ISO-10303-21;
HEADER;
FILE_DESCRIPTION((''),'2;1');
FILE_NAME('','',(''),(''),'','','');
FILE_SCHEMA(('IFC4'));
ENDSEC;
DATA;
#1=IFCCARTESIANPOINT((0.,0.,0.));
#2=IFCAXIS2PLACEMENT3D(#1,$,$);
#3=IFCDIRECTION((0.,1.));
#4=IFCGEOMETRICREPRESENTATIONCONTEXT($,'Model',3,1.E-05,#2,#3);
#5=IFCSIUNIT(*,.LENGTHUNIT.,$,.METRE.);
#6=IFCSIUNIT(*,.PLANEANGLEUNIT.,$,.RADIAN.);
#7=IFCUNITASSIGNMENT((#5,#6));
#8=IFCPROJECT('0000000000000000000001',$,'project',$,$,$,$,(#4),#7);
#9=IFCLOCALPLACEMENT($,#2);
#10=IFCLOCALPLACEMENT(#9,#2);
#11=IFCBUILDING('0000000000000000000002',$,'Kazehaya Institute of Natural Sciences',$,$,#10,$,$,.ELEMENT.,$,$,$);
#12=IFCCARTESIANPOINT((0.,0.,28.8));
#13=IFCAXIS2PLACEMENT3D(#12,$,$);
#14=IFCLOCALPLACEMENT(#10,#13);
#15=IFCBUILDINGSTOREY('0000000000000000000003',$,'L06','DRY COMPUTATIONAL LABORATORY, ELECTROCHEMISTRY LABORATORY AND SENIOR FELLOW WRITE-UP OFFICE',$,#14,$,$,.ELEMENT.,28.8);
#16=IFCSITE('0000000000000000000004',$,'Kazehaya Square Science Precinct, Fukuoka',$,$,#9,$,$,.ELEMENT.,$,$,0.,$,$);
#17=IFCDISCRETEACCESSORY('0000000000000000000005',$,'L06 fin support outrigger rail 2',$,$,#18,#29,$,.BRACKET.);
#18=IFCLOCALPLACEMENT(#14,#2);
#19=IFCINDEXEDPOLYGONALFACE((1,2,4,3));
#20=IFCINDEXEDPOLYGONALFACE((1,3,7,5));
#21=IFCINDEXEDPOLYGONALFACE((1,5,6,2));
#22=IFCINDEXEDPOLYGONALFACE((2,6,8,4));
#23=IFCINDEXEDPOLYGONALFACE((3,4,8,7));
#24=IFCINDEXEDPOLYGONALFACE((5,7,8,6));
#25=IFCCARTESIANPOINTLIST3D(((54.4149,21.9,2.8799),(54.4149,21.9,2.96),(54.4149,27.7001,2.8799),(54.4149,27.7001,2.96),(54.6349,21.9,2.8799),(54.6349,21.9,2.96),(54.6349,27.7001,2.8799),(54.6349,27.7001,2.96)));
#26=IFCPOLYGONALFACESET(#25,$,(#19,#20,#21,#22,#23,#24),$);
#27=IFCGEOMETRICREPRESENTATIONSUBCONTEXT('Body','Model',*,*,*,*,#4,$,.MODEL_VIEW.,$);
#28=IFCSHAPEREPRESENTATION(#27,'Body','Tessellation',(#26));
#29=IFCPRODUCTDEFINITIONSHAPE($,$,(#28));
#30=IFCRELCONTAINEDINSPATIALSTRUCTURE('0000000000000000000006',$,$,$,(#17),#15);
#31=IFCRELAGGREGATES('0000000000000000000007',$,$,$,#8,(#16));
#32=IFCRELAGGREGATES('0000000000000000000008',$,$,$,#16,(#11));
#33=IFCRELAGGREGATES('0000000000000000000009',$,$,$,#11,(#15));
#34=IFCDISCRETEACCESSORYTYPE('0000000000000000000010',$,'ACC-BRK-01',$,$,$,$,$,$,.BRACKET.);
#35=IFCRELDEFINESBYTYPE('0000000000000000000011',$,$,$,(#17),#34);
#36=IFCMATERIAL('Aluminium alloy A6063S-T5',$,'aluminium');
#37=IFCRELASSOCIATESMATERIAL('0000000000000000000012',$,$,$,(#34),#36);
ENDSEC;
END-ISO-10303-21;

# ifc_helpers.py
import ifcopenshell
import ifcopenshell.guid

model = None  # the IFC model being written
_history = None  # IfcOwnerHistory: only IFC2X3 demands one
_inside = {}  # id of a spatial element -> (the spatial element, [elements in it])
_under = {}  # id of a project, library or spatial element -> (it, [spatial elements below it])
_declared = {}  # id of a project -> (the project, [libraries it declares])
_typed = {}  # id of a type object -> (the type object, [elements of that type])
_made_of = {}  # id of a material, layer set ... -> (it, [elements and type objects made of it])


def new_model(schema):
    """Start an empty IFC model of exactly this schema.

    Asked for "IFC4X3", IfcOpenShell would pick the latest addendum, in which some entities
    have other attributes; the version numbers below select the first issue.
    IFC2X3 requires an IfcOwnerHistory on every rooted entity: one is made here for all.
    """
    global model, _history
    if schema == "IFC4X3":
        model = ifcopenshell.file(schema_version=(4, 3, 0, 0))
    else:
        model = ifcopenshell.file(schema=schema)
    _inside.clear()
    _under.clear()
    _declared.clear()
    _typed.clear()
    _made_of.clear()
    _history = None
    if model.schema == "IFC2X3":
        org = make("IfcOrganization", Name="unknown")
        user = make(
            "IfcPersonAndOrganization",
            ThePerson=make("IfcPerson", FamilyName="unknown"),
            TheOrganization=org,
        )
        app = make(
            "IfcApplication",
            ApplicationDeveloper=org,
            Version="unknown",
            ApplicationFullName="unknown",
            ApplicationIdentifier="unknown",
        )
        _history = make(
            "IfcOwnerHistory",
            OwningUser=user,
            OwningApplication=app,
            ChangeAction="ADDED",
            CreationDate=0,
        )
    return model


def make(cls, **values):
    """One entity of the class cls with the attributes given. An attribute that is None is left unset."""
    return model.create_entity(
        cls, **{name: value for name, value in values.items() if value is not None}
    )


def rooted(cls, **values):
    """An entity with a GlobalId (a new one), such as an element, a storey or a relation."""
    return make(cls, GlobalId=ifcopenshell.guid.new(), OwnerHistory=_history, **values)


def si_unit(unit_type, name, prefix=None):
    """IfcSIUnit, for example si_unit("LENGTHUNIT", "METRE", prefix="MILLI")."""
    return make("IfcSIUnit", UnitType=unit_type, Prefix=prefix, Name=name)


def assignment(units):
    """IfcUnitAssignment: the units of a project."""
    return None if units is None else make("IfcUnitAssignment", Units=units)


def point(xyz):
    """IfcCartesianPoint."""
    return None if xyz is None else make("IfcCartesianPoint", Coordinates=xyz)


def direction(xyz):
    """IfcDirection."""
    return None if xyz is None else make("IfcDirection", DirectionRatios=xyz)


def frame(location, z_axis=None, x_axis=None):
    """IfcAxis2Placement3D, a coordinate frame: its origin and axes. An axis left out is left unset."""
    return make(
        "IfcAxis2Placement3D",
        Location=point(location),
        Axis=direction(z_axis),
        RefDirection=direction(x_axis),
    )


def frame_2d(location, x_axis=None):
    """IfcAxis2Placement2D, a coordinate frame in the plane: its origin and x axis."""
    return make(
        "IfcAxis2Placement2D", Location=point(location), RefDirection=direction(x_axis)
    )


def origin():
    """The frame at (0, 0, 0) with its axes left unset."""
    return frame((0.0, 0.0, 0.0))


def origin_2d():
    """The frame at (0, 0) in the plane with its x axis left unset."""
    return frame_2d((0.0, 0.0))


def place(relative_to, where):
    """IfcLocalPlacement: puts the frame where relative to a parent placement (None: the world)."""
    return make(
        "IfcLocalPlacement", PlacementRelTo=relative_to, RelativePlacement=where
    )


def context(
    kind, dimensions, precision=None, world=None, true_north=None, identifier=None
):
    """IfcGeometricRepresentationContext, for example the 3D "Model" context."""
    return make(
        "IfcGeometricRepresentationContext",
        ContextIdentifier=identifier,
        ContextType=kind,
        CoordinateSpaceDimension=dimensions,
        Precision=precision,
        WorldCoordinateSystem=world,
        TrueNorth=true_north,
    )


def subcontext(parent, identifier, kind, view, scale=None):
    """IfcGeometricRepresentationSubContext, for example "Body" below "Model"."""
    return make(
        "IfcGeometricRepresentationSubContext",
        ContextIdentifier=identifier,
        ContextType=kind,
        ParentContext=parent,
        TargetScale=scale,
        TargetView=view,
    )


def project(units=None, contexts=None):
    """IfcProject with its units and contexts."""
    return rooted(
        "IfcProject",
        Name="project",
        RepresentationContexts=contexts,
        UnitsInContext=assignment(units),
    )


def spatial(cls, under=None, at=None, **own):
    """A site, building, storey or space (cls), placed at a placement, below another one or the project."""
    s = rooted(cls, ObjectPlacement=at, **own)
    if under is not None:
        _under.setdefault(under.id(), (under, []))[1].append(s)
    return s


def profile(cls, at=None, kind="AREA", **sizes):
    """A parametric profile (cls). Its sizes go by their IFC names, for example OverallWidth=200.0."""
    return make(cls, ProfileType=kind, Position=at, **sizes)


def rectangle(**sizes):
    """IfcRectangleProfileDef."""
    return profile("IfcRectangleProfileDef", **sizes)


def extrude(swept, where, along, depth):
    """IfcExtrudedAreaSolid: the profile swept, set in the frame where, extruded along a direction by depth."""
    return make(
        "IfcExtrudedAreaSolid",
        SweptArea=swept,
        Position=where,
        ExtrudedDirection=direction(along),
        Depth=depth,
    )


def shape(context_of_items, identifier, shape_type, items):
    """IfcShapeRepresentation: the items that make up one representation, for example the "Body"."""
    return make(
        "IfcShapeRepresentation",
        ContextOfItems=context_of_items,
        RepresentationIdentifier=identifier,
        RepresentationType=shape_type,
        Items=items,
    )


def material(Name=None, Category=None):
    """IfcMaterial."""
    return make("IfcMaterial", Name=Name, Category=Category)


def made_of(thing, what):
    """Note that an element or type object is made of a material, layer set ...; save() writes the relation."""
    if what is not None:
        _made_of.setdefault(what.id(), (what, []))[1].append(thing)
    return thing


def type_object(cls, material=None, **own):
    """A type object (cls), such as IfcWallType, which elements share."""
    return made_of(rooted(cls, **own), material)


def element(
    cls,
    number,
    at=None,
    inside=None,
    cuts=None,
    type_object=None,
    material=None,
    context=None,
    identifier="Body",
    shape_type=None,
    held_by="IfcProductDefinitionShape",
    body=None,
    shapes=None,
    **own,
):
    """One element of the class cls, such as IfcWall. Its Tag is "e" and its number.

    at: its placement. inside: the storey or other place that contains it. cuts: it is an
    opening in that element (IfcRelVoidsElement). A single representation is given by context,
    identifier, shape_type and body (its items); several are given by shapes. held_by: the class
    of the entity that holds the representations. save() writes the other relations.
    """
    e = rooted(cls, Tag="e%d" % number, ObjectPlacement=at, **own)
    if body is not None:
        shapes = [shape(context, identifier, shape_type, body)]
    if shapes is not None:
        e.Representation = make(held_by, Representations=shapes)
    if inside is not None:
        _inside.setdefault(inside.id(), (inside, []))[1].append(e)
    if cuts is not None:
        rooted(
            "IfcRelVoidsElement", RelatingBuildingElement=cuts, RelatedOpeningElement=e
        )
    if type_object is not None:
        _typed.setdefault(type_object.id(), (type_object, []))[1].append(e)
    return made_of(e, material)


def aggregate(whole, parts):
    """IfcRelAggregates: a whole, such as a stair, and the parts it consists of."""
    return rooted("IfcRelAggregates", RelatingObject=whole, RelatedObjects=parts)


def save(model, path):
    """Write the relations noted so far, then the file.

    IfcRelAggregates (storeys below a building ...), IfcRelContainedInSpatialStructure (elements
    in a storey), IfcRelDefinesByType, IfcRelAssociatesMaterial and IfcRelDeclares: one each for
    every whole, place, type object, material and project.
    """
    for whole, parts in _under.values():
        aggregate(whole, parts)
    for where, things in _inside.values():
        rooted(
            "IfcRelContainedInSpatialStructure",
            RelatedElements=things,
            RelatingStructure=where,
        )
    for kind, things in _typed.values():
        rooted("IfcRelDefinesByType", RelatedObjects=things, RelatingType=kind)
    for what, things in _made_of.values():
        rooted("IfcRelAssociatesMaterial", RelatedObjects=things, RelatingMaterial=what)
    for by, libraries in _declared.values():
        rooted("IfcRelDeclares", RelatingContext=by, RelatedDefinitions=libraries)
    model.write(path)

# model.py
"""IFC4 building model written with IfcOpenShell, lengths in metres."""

from ifc_helpers import new_model, si_unit, direction, frame, origin, origin_2d, place, context, subcontext, project, spatial, rectangle, extrude, material, type_object, element, save


model = new_model("IFC4")

# Units and contexts
model_context = context("Model", 3, precision=1e-05, world=origin(), true_north=direction((0.0, 1.0)))
body_context = subcontext(model_context, "Body", "Model", "MODEL_VIEW")
ifc_project = project(units=[si_unit("LENGTHUNIT", "METRE"), si_unit("PLANEANGLEUNIT", "RADIAN")], contexts=[model_context])

# Site, building, storey
site_placement = place(None, origin())
site = spatial("IfcSite", under=ifc_project, at=site_placement, Name="Kazehaya Square Science Precinct, Fukuoka", CompositionType="ELEMENT", RefElevation=0.0)
building_placement = place(site_placement, origin())
building = spatial("IfcBuilding", under=site, at=building_placement, Name="Kazehaya Institute of Natural Sciences", CompositionType="ELEMENT")
storey_placement = place(building_placement, frame((0.0, 0.0, 28.8)))
storey = spatial("IfcBuildingStorey", under=building, at=storey_placement, Name="L06", Description="DRY COMPUTATIONAL LABORATORY, ELECTROCHEMISTRY LABORATORY AND SENIOR FELLOW WRITE-UP OFFICE", CompositionType="ELEMENT", Elevation=28.8)

# Shared definitions
ifc_material_1 = material(Name="Aluminium alloy A6063S-T5", Category="aluminium")

# Discrete accessory
discrete_accessory_type = type_object("IfcDiscreteAccessoryType", Name="ACC-BRK-01", PredefinedType="BRACKET", material=ifc_material_1)
for number, where, z_axis, x_axis, name in (
    (1, (54.5249, 24.8, 2.8799), (0.0, 0.0, 1.0), (0.0, 1.0, 0.0), "L06 fin support outrigger rail 2"),
):
    element("IfcDiscreteAccessory", number, at=place(storey_placement, frame(where, z_axis=z_axis, x_axis=x_axis)), inside=storey, type_object=discrete_accessory_type, Name=name, PredefinedType="BRACKET", context=body_context, shape_type="SweptSolid", body=[
        extrude(rectangle(XDim=5.8, YDim=0.22, at=origin_2d()), origin(), (0.0, 0.0, 1.0), 0.0801),
    ])

save(model, "model.ifc")
